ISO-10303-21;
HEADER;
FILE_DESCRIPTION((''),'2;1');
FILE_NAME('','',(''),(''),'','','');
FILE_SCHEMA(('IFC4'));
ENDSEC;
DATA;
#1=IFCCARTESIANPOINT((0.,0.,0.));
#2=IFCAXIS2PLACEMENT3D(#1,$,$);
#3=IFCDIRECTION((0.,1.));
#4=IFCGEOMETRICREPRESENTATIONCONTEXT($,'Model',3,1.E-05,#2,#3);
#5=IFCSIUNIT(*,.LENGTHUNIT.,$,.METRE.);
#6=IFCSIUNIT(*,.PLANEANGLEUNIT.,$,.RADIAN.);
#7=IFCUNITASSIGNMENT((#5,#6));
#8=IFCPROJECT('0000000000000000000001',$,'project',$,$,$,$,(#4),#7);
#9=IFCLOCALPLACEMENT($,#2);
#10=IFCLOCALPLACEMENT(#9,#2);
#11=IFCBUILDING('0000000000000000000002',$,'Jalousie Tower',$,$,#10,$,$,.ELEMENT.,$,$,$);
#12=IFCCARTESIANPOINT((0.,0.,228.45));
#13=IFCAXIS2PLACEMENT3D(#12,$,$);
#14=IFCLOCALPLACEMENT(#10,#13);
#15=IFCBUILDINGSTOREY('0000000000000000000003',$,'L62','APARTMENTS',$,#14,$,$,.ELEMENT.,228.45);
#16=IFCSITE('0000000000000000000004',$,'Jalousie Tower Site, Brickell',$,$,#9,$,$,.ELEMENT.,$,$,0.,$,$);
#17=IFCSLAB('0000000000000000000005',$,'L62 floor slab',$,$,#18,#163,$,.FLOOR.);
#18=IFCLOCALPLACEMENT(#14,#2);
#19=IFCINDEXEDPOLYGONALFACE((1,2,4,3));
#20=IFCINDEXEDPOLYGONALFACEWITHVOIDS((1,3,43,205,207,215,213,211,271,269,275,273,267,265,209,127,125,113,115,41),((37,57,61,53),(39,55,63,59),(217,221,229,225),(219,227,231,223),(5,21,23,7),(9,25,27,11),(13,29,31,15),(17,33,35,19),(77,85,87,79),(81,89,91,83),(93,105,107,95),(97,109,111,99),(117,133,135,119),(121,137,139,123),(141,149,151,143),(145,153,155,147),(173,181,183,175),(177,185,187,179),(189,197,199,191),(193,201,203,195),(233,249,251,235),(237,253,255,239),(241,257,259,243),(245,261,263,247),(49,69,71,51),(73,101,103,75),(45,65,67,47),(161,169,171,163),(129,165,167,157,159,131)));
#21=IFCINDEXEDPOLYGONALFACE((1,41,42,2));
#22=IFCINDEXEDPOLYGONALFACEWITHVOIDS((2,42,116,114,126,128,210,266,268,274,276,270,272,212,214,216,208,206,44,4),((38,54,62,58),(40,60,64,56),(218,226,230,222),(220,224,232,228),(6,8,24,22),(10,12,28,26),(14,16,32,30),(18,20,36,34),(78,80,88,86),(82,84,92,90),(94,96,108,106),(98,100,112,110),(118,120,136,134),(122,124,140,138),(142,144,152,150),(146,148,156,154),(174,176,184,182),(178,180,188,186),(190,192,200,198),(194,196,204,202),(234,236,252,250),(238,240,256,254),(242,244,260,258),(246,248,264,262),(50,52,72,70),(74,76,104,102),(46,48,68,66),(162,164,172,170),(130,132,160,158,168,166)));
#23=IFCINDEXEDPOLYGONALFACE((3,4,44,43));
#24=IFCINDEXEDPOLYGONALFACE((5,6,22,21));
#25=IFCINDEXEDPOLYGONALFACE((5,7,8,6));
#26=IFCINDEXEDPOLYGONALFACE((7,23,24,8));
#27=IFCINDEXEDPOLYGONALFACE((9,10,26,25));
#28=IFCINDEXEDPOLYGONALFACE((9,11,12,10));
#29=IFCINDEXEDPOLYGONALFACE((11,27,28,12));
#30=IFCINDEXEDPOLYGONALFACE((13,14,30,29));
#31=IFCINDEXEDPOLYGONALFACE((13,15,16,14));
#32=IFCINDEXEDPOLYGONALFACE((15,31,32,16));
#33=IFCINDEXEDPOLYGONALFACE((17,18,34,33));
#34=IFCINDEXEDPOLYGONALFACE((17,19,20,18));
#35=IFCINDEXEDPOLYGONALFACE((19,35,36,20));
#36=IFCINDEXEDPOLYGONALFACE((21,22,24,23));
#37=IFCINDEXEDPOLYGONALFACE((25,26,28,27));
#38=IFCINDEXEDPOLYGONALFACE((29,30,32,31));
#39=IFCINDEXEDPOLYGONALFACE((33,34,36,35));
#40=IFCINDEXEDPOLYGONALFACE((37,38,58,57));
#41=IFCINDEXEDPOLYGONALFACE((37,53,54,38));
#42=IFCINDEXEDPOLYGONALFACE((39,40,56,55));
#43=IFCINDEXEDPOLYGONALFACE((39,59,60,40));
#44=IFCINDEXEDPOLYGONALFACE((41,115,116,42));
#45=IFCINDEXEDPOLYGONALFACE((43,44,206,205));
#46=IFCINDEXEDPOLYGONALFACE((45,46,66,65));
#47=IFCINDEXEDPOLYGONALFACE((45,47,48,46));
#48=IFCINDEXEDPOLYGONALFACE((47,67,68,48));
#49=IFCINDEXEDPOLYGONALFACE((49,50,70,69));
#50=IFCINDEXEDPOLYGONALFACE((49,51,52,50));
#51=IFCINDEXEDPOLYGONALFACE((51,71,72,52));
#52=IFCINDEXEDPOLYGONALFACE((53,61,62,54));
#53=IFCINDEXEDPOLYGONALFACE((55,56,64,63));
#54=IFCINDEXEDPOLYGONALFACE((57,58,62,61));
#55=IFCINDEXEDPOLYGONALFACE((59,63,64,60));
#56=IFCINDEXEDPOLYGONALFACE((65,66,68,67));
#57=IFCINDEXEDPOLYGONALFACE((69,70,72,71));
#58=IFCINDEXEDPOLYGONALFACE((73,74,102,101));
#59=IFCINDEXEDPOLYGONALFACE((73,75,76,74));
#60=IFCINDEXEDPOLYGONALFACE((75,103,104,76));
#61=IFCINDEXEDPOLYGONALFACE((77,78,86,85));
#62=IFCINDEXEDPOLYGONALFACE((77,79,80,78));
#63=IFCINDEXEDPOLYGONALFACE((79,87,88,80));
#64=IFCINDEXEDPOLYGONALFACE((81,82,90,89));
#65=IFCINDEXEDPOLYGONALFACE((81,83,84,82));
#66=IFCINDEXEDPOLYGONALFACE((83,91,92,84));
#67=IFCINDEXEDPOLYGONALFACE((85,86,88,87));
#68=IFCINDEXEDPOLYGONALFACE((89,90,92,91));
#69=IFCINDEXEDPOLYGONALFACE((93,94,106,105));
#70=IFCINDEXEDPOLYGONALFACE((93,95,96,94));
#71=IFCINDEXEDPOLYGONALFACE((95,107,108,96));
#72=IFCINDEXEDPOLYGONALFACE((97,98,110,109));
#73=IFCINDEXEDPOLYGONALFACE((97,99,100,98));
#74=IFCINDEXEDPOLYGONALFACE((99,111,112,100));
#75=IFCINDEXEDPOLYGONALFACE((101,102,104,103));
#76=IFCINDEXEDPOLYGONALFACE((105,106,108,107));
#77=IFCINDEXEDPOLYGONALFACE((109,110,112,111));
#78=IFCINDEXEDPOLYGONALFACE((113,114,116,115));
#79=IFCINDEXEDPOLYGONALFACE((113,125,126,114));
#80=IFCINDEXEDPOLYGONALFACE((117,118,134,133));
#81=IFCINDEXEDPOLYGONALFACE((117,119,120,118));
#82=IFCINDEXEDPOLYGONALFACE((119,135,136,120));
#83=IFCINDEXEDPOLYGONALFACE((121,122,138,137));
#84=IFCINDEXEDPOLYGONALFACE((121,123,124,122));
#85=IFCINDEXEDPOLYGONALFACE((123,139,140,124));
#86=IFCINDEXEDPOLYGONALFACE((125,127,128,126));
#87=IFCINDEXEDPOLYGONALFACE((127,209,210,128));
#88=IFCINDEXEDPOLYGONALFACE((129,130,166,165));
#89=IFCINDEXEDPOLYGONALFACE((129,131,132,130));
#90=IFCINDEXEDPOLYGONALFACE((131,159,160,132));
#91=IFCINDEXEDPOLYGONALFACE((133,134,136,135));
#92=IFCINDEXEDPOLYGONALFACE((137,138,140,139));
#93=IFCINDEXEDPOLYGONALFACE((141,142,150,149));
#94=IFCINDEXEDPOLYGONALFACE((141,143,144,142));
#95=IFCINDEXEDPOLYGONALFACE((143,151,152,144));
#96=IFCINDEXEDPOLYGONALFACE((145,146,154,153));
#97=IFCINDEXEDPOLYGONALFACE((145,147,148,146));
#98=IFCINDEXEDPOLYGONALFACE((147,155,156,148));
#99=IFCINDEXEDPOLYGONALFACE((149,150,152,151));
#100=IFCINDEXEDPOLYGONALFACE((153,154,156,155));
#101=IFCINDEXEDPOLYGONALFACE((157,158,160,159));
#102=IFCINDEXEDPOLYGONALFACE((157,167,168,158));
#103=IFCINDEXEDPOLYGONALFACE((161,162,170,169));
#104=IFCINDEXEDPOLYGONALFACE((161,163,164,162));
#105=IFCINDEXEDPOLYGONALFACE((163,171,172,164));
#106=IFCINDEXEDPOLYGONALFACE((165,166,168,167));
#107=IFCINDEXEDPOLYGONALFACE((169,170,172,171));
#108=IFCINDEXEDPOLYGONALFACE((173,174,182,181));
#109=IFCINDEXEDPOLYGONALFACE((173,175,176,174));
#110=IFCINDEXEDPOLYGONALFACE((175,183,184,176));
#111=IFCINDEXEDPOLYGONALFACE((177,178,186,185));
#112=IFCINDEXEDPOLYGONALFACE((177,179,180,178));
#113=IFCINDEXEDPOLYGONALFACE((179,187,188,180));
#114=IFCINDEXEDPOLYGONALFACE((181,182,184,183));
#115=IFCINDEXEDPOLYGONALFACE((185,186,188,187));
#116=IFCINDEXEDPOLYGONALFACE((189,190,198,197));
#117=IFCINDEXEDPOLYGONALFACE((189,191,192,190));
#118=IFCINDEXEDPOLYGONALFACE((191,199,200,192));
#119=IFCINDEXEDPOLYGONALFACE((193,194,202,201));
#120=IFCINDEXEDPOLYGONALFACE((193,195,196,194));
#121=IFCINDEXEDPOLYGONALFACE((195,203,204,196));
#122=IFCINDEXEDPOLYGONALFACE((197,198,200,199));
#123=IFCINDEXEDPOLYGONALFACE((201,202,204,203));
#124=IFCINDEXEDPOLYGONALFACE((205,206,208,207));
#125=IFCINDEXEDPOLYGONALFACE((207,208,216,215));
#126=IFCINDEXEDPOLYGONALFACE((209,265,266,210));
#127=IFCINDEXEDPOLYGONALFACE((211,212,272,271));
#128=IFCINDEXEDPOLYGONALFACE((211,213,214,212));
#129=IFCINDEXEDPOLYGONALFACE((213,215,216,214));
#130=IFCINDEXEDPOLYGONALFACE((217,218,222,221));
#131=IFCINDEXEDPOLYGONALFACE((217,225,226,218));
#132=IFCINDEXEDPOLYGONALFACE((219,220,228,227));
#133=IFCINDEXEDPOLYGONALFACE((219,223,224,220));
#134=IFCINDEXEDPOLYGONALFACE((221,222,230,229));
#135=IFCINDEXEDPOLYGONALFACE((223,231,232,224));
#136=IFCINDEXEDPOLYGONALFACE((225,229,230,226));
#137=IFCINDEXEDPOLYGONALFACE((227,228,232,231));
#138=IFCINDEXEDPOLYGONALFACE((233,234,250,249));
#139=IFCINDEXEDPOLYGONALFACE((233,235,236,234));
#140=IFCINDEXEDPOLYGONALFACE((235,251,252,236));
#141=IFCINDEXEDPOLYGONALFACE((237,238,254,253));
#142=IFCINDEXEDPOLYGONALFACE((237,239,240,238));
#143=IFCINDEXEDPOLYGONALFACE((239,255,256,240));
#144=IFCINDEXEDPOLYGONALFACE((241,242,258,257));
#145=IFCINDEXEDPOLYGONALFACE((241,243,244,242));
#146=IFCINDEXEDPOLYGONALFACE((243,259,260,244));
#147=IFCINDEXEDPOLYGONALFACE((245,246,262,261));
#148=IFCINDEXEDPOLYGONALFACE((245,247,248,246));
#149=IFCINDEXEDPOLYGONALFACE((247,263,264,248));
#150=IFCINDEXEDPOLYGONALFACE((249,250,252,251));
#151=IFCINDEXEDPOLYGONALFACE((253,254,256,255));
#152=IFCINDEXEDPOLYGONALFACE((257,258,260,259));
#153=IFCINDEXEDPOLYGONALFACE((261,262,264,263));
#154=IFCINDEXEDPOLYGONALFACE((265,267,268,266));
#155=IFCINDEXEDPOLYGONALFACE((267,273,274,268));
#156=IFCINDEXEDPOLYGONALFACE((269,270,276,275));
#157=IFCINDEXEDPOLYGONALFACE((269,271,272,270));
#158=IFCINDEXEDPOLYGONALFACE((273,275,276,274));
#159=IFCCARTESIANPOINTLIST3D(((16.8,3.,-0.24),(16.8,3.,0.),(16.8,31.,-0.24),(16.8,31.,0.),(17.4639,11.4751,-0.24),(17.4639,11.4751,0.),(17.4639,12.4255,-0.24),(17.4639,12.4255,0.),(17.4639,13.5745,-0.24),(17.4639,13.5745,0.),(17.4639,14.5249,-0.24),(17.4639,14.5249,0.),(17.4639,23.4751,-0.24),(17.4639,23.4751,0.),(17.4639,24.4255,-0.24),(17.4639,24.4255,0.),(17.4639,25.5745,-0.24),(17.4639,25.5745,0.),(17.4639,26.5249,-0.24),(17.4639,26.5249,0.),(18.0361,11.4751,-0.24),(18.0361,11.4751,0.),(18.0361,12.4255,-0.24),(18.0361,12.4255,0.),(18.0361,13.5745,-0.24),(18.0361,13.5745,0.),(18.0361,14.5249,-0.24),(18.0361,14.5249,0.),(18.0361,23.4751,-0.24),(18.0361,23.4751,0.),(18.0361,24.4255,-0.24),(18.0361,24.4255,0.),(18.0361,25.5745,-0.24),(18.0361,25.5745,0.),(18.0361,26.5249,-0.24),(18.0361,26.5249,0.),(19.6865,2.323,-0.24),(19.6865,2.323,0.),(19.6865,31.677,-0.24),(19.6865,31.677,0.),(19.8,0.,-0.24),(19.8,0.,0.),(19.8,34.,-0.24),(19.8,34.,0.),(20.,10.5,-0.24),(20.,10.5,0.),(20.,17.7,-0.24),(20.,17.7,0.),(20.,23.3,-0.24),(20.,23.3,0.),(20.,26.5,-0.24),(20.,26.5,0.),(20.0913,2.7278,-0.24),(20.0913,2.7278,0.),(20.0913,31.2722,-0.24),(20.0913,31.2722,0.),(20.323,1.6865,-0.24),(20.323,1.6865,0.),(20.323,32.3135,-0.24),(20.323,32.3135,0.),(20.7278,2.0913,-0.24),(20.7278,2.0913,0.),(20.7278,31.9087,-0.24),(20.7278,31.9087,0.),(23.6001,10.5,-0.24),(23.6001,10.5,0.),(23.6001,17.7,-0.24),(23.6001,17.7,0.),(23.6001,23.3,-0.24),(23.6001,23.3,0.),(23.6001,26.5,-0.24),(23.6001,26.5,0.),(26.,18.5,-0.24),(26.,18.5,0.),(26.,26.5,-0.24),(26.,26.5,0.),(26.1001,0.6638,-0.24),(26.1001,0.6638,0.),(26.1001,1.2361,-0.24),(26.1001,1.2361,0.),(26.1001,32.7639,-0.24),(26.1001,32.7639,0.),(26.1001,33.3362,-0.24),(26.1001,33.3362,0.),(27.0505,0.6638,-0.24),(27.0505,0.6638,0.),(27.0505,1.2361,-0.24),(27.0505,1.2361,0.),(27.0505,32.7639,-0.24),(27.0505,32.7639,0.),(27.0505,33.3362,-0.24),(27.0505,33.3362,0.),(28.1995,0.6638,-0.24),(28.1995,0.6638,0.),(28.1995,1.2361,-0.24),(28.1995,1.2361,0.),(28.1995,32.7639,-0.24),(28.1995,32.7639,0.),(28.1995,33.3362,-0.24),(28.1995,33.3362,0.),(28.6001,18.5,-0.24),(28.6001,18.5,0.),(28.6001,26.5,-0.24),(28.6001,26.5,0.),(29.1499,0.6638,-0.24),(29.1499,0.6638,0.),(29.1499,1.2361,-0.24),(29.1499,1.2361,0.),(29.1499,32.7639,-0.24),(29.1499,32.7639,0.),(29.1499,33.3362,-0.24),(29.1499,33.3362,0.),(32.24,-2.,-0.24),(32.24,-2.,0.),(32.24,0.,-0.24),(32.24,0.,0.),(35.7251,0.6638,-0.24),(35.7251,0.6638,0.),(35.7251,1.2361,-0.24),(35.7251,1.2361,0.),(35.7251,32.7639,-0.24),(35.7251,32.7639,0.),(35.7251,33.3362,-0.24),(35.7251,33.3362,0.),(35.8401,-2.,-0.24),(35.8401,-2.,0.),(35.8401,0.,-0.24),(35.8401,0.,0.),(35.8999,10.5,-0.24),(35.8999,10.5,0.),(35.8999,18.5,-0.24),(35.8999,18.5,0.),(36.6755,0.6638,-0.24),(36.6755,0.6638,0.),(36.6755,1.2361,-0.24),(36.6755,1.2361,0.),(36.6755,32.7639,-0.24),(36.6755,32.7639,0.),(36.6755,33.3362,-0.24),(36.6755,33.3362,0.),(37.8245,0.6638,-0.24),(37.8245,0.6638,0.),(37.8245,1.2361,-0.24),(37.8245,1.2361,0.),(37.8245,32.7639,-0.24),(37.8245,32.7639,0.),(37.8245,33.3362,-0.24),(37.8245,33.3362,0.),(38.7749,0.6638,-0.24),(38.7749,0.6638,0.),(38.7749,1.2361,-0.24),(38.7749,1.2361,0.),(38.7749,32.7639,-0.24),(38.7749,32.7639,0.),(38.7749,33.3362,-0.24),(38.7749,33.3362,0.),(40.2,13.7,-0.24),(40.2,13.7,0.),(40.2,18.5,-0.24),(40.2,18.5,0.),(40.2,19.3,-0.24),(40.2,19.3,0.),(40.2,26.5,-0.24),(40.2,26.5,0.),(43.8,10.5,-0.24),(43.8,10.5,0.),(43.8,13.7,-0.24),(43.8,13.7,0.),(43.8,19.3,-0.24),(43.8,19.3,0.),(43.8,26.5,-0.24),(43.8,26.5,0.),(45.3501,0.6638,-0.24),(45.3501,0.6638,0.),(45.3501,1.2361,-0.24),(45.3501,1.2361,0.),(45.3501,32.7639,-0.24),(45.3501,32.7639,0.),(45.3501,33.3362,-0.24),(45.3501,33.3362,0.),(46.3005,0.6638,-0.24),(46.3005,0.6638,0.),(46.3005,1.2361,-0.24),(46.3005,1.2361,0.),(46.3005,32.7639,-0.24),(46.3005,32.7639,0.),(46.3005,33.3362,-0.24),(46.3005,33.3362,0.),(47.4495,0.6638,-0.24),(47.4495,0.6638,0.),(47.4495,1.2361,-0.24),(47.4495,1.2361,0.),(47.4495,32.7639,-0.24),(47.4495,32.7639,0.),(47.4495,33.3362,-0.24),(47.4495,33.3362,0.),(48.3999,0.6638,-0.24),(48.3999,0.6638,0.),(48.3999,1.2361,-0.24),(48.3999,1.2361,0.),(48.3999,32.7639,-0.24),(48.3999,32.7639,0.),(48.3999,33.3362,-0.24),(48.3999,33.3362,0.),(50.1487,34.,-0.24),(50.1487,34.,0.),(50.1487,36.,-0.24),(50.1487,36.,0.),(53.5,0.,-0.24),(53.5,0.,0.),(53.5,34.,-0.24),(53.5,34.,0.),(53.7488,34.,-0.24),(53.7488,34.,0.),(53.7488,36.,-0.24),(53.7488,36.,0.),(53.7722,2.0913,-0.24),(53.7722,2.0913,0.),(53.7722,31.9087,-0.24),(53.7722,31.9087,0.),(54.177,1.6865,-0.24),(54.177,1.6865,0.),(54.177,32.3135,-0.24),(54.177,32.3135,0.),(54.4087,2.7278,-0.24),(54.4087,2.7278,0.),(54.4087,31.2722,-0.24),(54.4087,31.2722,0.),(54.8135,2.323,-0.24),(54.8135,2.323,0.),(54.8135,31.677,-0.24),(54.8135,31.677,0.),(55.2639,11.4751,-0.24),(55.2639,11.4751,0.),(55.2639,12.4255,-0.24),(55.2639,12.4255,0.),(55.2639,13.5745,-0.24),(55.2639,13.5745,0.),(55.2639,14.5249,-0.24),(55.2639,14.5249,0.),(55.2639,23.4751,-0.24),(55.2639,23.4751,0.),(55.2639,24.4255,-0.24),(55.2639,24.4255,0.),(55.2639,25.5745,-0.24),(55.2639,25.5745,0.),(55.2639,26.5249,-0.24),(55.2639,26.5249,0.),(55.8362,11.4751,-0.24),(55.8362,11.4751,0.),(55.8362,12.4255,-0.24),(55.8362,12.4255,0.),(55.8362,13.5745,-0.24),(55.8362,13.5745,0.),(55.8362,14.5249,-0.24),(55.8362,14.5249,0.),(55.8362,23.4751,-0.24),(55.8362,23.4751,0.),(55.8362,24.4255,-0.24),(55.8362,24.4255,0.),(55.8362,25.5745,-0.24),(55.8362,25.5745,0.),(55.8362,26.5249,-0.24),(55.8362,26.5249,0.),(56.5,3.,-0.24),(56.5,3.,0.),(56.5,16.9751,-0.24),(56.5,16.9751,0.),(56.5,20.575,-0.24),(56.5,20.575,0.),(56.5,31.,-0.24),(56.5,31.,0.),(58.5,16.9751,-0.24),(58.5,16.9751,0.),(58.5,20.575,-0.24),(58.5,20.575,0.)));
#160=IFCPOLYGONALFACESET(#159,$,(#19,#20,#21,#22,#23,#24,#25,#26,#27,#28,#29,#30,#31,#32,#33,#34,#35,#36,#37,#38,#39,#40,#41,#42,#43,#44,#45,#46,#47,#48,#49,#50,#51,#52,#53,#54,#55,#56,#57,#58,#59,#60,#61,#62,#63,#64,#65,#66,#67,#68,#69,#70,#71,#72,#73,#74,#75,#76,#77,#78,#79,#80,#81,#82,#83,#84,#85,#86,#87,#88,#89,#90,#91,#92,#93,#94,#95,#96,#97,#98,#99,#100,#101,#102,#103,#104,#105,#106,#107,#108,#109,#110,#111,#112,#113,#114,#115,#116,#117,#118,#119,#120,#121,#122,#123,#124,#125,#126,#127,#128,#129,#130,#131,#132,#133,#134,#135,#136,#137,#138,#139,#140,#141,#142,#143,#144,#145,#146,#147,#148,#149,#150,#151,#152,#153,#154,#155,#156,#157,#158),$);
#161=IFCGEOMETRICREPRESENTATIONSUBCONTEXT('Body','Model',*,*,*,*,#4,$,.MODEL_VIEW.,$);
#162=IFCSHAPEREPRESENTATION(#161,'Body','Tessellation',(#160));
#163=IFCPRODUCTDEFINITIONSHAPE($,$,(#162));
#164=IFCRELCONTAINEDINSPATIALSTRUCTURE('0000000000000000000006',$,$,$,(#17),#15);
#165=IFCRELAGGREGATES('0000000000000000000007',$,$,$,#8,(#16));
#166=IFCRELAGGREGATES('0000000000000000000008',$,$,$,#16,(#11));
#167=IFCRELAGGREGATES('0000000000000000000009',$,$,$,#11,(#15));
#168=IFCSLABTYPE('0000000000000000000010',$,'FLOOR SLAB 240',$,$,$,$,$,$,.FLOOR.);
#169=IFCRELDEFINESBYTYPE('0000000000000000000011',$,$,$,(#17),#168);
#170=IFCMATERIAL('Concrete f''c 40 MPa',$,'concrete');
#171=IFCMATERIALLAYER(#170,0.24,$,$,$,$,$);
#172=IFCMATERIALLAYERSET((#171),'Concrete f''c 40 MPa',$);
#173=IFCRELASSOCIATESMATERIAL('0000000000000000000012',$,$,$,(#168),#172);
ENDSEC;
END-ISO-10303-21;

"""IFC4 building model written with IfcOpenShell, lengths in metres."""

from ifc_helpers import new_model, si_unit, direction, frame, origin, place, context, subcontext, project, spatial, polyline, outline, extrude, material, layer, layer_set, type_object, element, save


model = new_model("IFC4")

# Units and contexts
model_context = context("Model", 3, precision=1e-05, world=origin(), true_north=direction((0.0, 1.0)))
body_context = subcontext(model_context, "Body", "Model", "MODEL_VIEW")
ifc_project = project(units=[si_unit("LENGTHUNIT", "METRE"), si_unit("PLANEANGLEUNIT", "RADIAN")], contexts=[model_context])

# Site, building, storey
site_placement = place(None, origin())
site = spatial("IfcSite", under=ifc_project, at=site_placement, Name="Jalousie Tower Site, Brickell", CompositionType="ELEMENT", RefElevation=0.0)
building_placement = place(site_placement, origin())
building = spatial("IfcBuilding", under=site, at=building_placement, Name="Jalousie Tower", CompositionType="ELEMENT")
storey_placement = place(building_placement, frame((0.0, 0.0, 228.45)))
storey = spatial("IfcBuildingStorey", under=building, at=storey_placement, Name="L62", Description="APARTMENTS", CompositionType="ELEMENT", Elevation=228.45)

# Slab
ifc_material_1 = material(Name="Concrete f'c 40 MPa", Category="concrete")
ifc_layer_1 = layer(ifc_material_1, 0.24)
ifc_layer_set_1 = layer_set([ifc_layer_1], Name="Concrete f'c 40 MPa")
slab_type_1 = type_object("IfcSlabType", Name="FLOOR SLAB 240", PredefinedType="FLOOR", material=ifc_layer_set_1)
slab_1_placement = place(storey_placement, frame((0.0, 0.0, -0.24)))
element("IfcSlab", 1, at=slab_1_placement, inside=storey, type_object=slab_type_1, Name="L62 floor slab", PredefinedType="FLOOR", context=body_context, shape_type="SweptSolid", body=[
    extrude(outline(polyline([(19.8, 34.0), (50.1487, 34.0), (50.1487, 36.0), (53.7488, 36.0), (53.7488, 34.0), (53.5, 34.0), (56.5, 31.0), (56.5, 20.575), (58.5, 20.575), (58.5, 16.9751), (56.5, 16.9751), (56.5, 3.0), (53.5, 0.0), (35.8401, 0.0), (35.8401, -2.0), (32.24, -2.0), (32.24, 0.0), (19.8, 0.0), (16.8, 3.0), (16.8, 31.0), (19.8, 34.0)]), holes=[polyline([(55.2639, 24.4255), (55.2639, 23.4751), (55.8362, 23.4751), (55.8362, 24.4255), (55.2639, 24.4255)]), polyline([(55.2639, 14.5249), (55.2639, 13.5745), (55.8362, 13.5745), (55.8362, 14.5249), (55.2639, 14.5249)]), polyline([(55.2639, 12.4255), (55.2639, 11.4751), (55.8362, 11.4751), (55.8362, 12.4255), (55.2639, 12.4255)]), polyline([(55.2639, 25.5745), (55.8362, 25.5745), (55.8362, 26.5249), (55.2639, 26.5249), (55.2639, 25.5745)]), polyline([(54.4087, 2.7278), (53.7722, 2.0913), (54.177, 1.6865), (54.8135, 2.323), (54.4087, 2.7278)]), polyline([(54.8135, 31.677), (54.177, 32.3135), (53.7722, 31.9087), (54.4087, 31.2722), (54.8135, 31.677)]), polyline([(48.3999, 32.7639), (48.3999, 33.3362), (47.4495, 33.3362), (47.4495, 32.7639), (48.3999, 32.7639)]), polyline([(48.3999, 0.6638), (48.3999, 1.2361), (47.4495, 1.2361), (47.4495, 0.6638), (48.3999, 0.6638)]), polyline([(45.3501, 1.2361), (45.3501, 0.6638), (46.3005, 0.6638), (46.3005, 1.2361), (45.3501, 1.2361)]), polyline([(45.3501, 32.7639), (46.3005, 32.7639), (46.3005, 33.3362), (45.3501, 33.3362), (45.3501, 32.7639)]), polyline([(40.2, 26.5), (40.2, 19.3), (43.8, 19.3), (43.8, 26.5), (40.2, 26.5)]), polyline([(40.2, 13.7), (40.2, 18.5), (35.8999, 18.5), (35.8999, 10.5), (43.8, 10.5), (43.8, 13.7), (40.2, 13.7)]), polyline([(38.7749, 33.3362), (37.8245, 33.3362), (37.8245, 32.7639), (38.7749, 32.7639), (38.7749, 33.3362)]), polyline([(38.7749, 1.2361), (37.8245, 1.2361), (37.8245, 0.6638), (38.7749, 0.6638), (38.7749, 1.2361)]), polyline([(35.7251, 32.7639), (36.6755, 32.7639), (36.6755, 33.3362), (35.7251, 33.3362), (35.7251, 32.7639)]), polyline([(35.7251, 0.6638), (36.6755, 0.6638), (36.6755, 1.2361), (35.7251, 1.2361), (35.7251, 0.6638)]), polyline([(29.1499, 1.2361), (28.1995, 1.2361), (28.1995, 0.6638), (29.1499, 0.6638), (29.1499, 1.2361)]), polyline([(28.1995, 32.7639), (29.1499, 32.7639), (29.1499, 33.3362), (28.1995, 33.3362), (28.1995, 32.7639)]), polyline([(26.0, 26.5), (26.0, 18.5), (28.6001, 18.5), (28.6001, 26.5), (26.0, 26.5)]), polyline([(27.0505, 33.3362), (26.1001, 33.3362), (26.1001, 32.7639), (27.0505, 32.7639), (27.0505, 33.3362)]), polyline([(27.0505, 1.2361), (26.1001, 1.2361), (26.1001, 0.6638), (27.0505, 0.6638), (27.0505, 1.2361)]), polyline([(20.0, 26.5), (20.0, 23.3), (23.6001, 23.3), (23.6001, 26.5), (20.0, 26.5)]), polyline([(20.0, 17.7), (20.0, 10.5), (23.6001, 10.5), (23.6001, 17.7), (20.0, 17.7)]), polyline([(20.7278, 2.0913), (20.0913, 2.7278), (19.6865, 2.323), (20.323, 1.6865), (20.7278, 2.0913)]), polyline([(20.7278, 31.9087), (20.323, 32.3135), (19.6865, 31.677), (20.0913, 31.2722), (20.7278, 31.9087)]), polyline([(17.4639, 26.5249), (17.4639, 25.5745), (18.0361, 25.5745), (18.0361, 26.5249), (17.4639, 26.5249)]), polyline([(17.4639, 12.4255), (17.4639, 11.4751), (18.0361, 11.4751), (18.0361, 12.4255), (17.4639, 12.4255)]), polyline([(18.0361, 23.4751), (18.0361, 24.4255), (17.4639, 24.4255), (17.4639, 23.4751), (18.0361, 23.4751)]), polyline([(17.4639, 13.5745), (18.0361, 13.5745), (18.0361, 14.5249), (17.4639, 14.5249), (17.4639, 13.5745)])]), origin(), (0.0, 0.0, 1.0), 0.24),
])

save(model, "model.ifc")
